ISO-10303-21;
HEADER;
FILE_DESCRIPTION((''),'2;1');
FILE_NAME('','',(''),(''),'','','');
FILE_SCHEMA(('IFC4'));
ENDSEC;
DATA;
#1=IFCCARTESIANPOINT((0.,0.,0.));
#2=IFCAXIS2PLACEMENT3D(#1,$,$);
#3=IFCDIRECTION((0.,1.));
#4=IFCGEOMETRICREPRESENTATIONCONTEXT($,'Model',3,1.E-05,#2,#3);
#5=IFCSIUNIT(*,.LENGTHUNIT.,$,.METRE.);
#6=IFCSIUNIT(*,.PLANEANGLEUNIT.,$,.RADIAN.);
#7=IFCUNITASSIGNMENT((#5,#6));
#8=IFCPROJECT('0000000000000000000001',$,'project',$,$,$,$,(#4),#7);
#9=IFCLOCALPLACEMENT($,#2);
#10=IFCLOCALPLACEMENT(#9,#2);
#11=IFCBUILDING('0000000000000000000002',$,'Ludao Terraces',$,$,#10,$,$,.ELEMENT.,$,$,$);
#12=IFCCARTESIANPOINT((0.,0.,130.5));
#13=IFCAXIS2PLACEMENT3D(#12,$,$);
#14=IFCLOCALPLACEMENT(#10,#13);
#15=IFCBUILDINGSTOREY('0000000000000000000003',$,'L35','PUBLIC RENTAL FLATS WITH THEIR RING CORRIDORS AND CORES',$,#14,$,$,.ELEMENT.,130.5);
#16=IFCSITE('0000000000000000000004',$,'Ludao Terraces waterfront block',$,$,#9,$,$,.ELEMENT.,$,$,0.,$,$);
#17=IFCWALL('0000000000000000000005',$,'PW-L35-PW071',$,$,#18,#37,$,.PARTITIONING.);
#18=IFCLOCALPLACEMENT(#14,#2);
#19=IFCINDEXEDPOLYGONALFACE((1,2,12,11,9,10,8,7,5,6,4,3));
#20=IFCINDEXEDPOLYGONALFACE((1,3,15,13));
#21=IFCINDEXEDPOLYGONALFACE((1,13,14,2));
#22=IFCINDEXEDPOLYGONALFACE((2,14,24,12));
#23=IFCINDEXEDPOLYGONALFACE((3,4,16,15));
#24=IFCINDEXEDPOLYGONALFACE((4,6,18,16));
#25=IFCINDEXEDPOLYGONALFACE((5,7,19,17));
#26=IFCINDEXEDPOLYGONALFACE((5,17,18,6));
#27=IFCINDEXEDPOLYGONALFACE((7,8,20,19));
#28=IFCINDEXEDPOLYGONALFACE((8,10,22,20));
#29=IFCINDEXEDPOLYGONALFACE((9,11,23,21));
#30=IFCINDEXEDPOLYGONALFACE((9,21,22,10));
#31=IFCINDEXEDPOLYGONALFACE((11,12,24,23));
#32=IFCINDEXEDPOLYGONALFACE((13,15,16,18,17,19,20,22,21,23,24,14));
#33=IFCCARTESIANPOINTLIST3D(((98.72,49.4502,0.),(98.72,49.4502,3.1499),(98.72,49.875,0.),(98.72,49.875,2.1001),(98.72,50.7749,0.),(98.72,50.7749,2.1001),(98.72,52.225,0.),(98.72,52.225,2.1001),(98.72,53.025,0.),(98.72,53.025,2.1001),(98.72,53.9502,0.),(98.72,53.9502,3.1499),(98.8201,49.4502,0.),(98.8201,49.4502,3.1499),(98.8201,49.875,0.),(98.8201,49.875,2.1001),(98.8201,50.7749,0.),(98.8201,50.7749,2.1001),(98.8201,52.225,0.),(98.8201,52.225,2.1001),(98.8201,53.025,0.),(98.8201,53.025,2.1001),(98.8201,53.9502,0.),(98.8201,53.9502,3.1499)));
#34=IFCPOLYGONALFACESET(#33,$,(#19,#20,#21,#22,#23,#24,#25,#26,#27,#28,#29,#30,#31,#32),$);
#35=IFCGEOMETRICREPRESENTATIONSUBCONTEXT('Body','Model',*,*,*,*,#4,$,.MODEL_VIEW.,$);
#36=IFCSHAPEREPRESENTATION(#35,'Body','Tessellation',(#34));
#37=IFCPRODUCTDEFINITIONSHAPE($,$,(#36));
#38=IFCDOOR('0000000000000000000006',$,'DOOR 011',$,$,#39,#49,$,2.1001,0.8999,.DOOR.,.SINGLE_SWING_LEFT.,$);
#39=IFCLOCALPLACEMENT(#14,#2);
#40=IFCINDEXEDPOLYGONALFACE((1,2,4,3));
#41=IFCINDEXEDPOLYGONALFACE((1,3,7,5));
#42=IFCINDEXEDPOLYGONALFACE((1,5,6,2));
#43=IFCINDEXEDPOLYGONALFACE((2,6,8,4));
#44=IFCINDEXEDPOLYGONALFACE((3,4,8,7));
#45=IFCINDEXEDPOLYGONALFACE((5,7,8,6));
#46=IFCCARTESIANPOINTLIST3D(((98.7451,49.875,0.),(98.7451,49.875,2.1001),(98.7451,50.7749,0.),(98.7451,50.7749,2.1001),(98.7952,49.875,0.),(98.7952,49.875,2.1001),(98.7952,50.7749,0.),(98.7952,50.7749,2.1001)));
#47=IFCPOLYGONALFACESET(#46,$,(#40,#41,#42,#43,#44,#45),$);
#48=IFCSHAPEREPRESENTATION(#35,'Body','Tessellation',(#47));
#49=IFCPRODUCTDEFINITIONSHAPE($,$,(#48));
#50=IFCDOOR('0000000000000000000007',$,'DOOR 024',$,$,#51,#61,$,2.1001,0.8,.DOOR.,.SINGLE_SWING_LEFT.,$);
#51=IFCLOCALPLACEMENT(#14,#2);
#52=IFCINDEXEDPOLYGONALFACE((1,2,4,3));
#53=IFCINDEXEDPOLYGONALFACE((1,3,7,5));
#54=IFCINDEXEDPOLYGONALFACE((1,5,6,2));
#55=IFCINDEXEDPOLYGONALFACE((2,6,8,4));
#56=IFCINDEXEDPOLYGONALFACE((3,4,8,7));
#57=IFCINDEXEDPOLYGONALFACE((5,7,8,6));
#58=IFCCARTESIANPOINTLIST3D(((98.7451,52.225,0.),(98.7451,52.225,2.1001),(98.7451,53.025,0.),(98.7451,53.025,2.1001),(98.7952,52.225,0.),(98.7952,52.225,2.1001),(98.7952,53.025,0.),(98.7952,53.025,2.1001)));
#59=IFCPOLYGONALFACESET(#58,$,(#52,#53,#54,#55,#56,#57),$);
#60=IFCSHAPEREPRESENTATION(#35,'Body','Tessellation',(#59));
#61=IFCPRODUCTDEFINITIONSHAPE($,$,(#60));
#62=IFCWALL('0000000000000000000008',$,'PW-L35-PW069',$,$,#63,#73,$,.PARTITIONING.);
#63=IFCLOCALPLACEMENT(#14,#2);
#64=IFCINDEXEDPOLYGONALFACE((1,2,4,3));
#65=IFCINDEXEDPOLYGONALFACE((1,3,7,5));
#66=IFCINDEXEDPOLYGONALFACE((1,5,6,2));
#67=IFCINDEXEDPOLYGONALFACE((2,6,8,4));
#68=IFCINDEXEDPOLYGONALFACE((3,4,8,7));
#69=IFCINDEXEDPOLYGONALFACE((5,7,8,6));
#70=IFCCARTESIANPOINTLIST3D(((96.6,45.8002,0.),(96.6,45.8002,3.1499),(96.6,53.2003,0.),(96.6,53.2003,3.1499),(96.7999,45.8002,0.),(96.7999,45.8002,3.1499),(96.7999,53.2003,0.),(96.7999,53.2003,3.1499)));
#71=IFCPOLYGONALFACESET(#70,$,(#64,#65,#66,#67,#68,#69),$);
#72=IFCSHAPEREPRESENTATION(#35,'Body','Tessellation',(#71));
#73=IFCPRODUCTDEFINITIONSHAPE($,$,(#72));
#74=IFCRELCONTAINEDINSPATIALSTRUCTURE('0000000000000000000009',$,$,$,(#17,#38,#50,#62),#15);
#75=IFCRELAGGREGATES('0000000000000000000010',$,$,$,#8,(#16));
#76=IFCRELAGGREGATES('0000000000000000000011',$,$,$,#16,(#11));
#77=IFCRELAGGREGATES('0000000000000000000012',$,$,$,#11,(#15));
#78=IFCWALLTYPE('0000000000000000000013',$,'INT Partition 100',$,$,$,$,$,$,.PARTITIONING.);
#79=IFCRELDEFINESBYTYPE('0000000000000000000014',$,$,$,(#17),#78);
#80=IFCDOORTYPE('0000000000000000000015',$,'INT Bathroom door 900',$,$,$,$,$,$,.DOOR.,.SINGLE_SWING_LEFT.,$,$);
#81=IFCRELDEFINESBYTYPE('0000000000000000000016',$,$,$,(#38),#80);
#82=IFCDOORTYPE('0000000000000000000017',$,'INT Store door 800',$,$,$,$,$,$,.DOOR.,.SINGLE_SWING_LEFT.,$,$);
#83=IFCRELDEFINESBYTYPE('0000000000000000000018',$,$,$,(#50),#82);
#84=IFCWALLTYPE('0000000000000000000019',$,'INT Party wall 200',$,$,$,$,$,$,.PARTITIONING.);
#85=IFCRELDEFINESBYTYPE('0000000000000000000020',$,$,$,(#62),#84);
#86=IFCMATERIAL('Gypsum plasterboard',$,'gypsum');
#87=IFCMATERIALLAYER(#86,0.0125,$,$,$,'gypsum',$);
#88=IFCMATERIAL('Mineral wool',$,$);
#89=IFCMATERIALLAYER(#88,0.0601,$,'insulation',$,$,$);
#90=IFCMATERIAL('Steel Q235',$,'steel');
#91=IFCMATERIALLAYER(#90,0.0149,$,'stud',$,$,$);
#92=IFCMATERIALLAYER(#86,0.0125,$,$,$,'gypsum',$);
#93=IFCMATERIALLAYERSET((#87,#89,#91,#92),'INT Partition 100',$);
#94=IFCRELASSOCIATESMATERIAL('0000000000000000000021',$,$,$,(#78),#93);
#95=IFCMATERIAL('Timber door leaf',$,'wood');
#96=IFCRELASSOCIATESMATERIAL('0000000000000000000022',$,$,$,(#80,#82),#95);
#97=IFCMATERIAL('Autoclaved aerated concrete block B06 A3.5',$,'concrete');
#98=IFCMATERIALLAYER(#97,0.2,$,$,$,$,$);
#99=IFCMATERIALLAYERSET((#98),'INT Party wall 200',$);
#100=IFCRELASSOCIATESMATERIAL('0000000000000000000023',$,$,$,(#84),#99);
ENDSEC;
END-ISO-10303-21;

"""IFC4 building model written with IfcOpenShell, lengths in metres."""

from ifc_helpers import new_model, si_unit, direction, frame, frame_2d, origin, place, context, subcontext, project, spatial, rectangle, extrude, material, layer, layer_set, type_object, element, fill, save


model = new_model("IFC4")

# Units and contexts
model_context = context("Model", 3, precision=1e-05, world=origin(), true_north=direction((0.0, 1.0)))
body_context = subcontext(model_context, "Body", "Model", "MODEL_VIEW")
ifc_project = project(units=[si_unit("LENGTHUNIT", "METRE"), si_unit("PLANEANGLEUNIT", "RADIAN")], contexts=[model_context])

# Site, building, storey
site_placement = place(None, origin())
site = spatial("IfcSite", under=ifc_project, at=site_placement, Name="Ludao Terraces waterfront block", CompositionType="ELEMENT", RefElevation=0.0)
building_placement = place(site_placement, origin())
building = spatial("IfcBuilding", under=site, at=building_placement, Name="Ludao Terraces", CompositionType="ELEMENT")
storey_placement = place(building_placement, frame((0.0, 0.0, 130.5)))
storey = spatial("IfcBuildingStorey", under=building, at=storey_placement, Name="L35", Description="PUBLIC RENTAL FLATS WITH THEIR RING CORRIDORS AND CORES", CompositionType="ELEMENT", Elevation=130.5)

# Shared definitions
ifc_material_1 = material(Name="Mineral wool")

# Shared definitions
ifc_material_2 = material(Name="Gypsum plasterboard", Category="gypsum")
ifc_layer_1 = layer(ifc_material_2, 0.0125, Category="gypsum")
ifc_layer_2 = layer(ifc_material_1, 0.0601, Name="insulation")
ifc_material_3 = material(Name="Steel Q235", Category="steel")
ifc_layer_3 = layer(ifc_material_3, 0.0149, Name="stud")
ifc_layer_4 = layer(ifc_material_2, 0.0125, Category="gypsum")
ifc_layer_set_1 = layer_set([ifc_layer_1, ifc_layer_2, ifc_layer_3, ifc_layer_4], Name="INT Partition 100")
wall_type_1 = type_object("IfcWallType", Name="INT Partition 100", PredefinedType="PARTITIONING", material=ifc_layer_set_1)

# Wall, openings, doors
wall_1_placement = place(storey_placement, frame((98.77, 49.4502, 0.0), z_axis=(0.0, 0.0, 1.0), x_axis=(0.0, 1.0, 0.0)))
wall_1 = element("IfcWall", 1, at=wall_1_placement, inside=storey, type_object=wall_type_1, Name="PW-L35-PW071", PredefinedType="PARTITIONING", context=body_context, shape_type="SweptSolid", body=[
    extrude(rectangle(XDim=4.5, YDim=0.1001, at=frame_2d((2.25, 0.0))), origin(), (0.0, 0.0, 1.0), 3.1499),
])
opening_1_placement = place(wall_1_placement, frame((0.4248, 0.0, 0.0)))
opening_1 = element("IfcOpeningElement", 2, at=opening_1_placement, cuts=wall_1, PredefinedType="OPENING", context=body_context, shape_type="SweptSolid", body=[
    extrude(rectangle(XDim=0.8999, YDim=2.1001, at=frame_2d((0.45, 1.05))), frame((0.0, 0.0601, 0.0), z_axis=(0.0, -1.0, 0.0), x_axis=(1.0, 0.0, 0.0)), (0.0, 0.0, 1.0), 0.1201),
])
opening_2_placement = place(wall_1_placement, frame((2.7749, 0.0, 0.0)))
opening_2 = element("IfcOpeningElement", 3, at=opening_2_placement, cuts=wall_1, PredefinedType="OPENING", context=body_context, shape_type="SweptSolid", body=[
    extrude(rectangle(XDim=0.8, YDim=2.1001, at=frame_2d((0.3999, 1.05))), frame((0.0, 0.0601, 0.0), z_axis=(0.0, -1.0, 0.0), x_axis=(1.0, 0.0, 0.0)), (0.0, 0.0, 1.0), 0.1201),
])
ifc_material_4 = material(Name="Timber door leaf", Category="wood")
door_type_1 = type_object("IfcDoorType", Name="INT Bathroom door 900", OperationType="SINGLE_SWING_LEFT", PredefinedType="DOOR", material=ifc_material_4)
door_1_placement = place(opening_1_placement, origin())
door_1 = element("IfcDoor", 4, at=door_1_placement, inside=storey, type_object=door_type_1, Name="DOOR 011", OperationType="SINGLE_SWING_LEFT", OverallHeight=2.1001, OverallWidth=0.8999, PredefinedType="DOOR", context=body_context, shape_type="SweptSolid", body=[
    extrude(rectangle(XDim=0.8999, YDim=2.1001, at=frame_2d((0.45, 1.05))), frame((0.0, 0.0249, 0.0), z_axis=(0.0, -1.0, 0.0), x_axis=(1.0, 0.0, 0.0)), (0.0, 0.0, 1.0), 0.05),
])
fill(opening_1, door_1)
door_type_2 = type_object("IfcDoorType", Name="INT Store door 800", OperationType="SINGLE_SWING_LEFT", PredefinedType="DOOR", material=ifc_material_4)
door_2_placement = place(opening_2_placement, origin())
door_2 = element("IfcDoor", 5, at=door_2_placement, inside=storey, type_object=door_type_2, Name="DOOR 024", OperationType="SINGLE_SWING_LEFT", OverallHeight=2.1001, OverallWidth=0.8, PredefinedType="DOOR", context=body_context, shape_type="SweptSolid", body=[
    extrude(rectangle(XDim=0.8, YDim=2.1001, at=frame_2d((0.3999, 1.05))), frame((0.0, 0.0249, 0.0), z_axis=(0.0, -1.0, 0.0), x_axis=(1.0, 0.0, 0.0)), (0.0, 0.0, 1.0), 0.05),
])
fill(opening_2, door_2)

# Wall
ifc_material_5 = material(Name="Autoclaved aerated concrete block B06 A3.5", Category="concrete")
ifc_layer_5 = layer(ifc_material_5, 0.2)
ifc_layer_set_2 = layer_set([ifc_layer_5], Name="INT Party wall 200")
wall_type_2 = type_object("IfcWallType", Name="INT Party wall 200", PredefinedType="PARTITIONING", material=ifc_layer_set_2)
wall_2_placement = place(storey_placement, frame((96.7, 45.8, 0.0), z_axis=(0.0, 0.0, 1.0), x_axis=(0.0, 1.0, 0.0)))
element("IfcWall", 6, at=wall_2_placement, inside=storey, type_object=wall_type_2, Name="PW-L35-PW069", PredefinedType="PARTITIONING", context=body_context, shape_type="SweptSolid", body=[
    extrude(rectangle(XDim=7.4001, YDim=0.2, at=frame_2d((3.7002, 0.0))), origin(), (0.0, 0.0, 1.0), 3.1499),
])

save(model, "model.ifc")
